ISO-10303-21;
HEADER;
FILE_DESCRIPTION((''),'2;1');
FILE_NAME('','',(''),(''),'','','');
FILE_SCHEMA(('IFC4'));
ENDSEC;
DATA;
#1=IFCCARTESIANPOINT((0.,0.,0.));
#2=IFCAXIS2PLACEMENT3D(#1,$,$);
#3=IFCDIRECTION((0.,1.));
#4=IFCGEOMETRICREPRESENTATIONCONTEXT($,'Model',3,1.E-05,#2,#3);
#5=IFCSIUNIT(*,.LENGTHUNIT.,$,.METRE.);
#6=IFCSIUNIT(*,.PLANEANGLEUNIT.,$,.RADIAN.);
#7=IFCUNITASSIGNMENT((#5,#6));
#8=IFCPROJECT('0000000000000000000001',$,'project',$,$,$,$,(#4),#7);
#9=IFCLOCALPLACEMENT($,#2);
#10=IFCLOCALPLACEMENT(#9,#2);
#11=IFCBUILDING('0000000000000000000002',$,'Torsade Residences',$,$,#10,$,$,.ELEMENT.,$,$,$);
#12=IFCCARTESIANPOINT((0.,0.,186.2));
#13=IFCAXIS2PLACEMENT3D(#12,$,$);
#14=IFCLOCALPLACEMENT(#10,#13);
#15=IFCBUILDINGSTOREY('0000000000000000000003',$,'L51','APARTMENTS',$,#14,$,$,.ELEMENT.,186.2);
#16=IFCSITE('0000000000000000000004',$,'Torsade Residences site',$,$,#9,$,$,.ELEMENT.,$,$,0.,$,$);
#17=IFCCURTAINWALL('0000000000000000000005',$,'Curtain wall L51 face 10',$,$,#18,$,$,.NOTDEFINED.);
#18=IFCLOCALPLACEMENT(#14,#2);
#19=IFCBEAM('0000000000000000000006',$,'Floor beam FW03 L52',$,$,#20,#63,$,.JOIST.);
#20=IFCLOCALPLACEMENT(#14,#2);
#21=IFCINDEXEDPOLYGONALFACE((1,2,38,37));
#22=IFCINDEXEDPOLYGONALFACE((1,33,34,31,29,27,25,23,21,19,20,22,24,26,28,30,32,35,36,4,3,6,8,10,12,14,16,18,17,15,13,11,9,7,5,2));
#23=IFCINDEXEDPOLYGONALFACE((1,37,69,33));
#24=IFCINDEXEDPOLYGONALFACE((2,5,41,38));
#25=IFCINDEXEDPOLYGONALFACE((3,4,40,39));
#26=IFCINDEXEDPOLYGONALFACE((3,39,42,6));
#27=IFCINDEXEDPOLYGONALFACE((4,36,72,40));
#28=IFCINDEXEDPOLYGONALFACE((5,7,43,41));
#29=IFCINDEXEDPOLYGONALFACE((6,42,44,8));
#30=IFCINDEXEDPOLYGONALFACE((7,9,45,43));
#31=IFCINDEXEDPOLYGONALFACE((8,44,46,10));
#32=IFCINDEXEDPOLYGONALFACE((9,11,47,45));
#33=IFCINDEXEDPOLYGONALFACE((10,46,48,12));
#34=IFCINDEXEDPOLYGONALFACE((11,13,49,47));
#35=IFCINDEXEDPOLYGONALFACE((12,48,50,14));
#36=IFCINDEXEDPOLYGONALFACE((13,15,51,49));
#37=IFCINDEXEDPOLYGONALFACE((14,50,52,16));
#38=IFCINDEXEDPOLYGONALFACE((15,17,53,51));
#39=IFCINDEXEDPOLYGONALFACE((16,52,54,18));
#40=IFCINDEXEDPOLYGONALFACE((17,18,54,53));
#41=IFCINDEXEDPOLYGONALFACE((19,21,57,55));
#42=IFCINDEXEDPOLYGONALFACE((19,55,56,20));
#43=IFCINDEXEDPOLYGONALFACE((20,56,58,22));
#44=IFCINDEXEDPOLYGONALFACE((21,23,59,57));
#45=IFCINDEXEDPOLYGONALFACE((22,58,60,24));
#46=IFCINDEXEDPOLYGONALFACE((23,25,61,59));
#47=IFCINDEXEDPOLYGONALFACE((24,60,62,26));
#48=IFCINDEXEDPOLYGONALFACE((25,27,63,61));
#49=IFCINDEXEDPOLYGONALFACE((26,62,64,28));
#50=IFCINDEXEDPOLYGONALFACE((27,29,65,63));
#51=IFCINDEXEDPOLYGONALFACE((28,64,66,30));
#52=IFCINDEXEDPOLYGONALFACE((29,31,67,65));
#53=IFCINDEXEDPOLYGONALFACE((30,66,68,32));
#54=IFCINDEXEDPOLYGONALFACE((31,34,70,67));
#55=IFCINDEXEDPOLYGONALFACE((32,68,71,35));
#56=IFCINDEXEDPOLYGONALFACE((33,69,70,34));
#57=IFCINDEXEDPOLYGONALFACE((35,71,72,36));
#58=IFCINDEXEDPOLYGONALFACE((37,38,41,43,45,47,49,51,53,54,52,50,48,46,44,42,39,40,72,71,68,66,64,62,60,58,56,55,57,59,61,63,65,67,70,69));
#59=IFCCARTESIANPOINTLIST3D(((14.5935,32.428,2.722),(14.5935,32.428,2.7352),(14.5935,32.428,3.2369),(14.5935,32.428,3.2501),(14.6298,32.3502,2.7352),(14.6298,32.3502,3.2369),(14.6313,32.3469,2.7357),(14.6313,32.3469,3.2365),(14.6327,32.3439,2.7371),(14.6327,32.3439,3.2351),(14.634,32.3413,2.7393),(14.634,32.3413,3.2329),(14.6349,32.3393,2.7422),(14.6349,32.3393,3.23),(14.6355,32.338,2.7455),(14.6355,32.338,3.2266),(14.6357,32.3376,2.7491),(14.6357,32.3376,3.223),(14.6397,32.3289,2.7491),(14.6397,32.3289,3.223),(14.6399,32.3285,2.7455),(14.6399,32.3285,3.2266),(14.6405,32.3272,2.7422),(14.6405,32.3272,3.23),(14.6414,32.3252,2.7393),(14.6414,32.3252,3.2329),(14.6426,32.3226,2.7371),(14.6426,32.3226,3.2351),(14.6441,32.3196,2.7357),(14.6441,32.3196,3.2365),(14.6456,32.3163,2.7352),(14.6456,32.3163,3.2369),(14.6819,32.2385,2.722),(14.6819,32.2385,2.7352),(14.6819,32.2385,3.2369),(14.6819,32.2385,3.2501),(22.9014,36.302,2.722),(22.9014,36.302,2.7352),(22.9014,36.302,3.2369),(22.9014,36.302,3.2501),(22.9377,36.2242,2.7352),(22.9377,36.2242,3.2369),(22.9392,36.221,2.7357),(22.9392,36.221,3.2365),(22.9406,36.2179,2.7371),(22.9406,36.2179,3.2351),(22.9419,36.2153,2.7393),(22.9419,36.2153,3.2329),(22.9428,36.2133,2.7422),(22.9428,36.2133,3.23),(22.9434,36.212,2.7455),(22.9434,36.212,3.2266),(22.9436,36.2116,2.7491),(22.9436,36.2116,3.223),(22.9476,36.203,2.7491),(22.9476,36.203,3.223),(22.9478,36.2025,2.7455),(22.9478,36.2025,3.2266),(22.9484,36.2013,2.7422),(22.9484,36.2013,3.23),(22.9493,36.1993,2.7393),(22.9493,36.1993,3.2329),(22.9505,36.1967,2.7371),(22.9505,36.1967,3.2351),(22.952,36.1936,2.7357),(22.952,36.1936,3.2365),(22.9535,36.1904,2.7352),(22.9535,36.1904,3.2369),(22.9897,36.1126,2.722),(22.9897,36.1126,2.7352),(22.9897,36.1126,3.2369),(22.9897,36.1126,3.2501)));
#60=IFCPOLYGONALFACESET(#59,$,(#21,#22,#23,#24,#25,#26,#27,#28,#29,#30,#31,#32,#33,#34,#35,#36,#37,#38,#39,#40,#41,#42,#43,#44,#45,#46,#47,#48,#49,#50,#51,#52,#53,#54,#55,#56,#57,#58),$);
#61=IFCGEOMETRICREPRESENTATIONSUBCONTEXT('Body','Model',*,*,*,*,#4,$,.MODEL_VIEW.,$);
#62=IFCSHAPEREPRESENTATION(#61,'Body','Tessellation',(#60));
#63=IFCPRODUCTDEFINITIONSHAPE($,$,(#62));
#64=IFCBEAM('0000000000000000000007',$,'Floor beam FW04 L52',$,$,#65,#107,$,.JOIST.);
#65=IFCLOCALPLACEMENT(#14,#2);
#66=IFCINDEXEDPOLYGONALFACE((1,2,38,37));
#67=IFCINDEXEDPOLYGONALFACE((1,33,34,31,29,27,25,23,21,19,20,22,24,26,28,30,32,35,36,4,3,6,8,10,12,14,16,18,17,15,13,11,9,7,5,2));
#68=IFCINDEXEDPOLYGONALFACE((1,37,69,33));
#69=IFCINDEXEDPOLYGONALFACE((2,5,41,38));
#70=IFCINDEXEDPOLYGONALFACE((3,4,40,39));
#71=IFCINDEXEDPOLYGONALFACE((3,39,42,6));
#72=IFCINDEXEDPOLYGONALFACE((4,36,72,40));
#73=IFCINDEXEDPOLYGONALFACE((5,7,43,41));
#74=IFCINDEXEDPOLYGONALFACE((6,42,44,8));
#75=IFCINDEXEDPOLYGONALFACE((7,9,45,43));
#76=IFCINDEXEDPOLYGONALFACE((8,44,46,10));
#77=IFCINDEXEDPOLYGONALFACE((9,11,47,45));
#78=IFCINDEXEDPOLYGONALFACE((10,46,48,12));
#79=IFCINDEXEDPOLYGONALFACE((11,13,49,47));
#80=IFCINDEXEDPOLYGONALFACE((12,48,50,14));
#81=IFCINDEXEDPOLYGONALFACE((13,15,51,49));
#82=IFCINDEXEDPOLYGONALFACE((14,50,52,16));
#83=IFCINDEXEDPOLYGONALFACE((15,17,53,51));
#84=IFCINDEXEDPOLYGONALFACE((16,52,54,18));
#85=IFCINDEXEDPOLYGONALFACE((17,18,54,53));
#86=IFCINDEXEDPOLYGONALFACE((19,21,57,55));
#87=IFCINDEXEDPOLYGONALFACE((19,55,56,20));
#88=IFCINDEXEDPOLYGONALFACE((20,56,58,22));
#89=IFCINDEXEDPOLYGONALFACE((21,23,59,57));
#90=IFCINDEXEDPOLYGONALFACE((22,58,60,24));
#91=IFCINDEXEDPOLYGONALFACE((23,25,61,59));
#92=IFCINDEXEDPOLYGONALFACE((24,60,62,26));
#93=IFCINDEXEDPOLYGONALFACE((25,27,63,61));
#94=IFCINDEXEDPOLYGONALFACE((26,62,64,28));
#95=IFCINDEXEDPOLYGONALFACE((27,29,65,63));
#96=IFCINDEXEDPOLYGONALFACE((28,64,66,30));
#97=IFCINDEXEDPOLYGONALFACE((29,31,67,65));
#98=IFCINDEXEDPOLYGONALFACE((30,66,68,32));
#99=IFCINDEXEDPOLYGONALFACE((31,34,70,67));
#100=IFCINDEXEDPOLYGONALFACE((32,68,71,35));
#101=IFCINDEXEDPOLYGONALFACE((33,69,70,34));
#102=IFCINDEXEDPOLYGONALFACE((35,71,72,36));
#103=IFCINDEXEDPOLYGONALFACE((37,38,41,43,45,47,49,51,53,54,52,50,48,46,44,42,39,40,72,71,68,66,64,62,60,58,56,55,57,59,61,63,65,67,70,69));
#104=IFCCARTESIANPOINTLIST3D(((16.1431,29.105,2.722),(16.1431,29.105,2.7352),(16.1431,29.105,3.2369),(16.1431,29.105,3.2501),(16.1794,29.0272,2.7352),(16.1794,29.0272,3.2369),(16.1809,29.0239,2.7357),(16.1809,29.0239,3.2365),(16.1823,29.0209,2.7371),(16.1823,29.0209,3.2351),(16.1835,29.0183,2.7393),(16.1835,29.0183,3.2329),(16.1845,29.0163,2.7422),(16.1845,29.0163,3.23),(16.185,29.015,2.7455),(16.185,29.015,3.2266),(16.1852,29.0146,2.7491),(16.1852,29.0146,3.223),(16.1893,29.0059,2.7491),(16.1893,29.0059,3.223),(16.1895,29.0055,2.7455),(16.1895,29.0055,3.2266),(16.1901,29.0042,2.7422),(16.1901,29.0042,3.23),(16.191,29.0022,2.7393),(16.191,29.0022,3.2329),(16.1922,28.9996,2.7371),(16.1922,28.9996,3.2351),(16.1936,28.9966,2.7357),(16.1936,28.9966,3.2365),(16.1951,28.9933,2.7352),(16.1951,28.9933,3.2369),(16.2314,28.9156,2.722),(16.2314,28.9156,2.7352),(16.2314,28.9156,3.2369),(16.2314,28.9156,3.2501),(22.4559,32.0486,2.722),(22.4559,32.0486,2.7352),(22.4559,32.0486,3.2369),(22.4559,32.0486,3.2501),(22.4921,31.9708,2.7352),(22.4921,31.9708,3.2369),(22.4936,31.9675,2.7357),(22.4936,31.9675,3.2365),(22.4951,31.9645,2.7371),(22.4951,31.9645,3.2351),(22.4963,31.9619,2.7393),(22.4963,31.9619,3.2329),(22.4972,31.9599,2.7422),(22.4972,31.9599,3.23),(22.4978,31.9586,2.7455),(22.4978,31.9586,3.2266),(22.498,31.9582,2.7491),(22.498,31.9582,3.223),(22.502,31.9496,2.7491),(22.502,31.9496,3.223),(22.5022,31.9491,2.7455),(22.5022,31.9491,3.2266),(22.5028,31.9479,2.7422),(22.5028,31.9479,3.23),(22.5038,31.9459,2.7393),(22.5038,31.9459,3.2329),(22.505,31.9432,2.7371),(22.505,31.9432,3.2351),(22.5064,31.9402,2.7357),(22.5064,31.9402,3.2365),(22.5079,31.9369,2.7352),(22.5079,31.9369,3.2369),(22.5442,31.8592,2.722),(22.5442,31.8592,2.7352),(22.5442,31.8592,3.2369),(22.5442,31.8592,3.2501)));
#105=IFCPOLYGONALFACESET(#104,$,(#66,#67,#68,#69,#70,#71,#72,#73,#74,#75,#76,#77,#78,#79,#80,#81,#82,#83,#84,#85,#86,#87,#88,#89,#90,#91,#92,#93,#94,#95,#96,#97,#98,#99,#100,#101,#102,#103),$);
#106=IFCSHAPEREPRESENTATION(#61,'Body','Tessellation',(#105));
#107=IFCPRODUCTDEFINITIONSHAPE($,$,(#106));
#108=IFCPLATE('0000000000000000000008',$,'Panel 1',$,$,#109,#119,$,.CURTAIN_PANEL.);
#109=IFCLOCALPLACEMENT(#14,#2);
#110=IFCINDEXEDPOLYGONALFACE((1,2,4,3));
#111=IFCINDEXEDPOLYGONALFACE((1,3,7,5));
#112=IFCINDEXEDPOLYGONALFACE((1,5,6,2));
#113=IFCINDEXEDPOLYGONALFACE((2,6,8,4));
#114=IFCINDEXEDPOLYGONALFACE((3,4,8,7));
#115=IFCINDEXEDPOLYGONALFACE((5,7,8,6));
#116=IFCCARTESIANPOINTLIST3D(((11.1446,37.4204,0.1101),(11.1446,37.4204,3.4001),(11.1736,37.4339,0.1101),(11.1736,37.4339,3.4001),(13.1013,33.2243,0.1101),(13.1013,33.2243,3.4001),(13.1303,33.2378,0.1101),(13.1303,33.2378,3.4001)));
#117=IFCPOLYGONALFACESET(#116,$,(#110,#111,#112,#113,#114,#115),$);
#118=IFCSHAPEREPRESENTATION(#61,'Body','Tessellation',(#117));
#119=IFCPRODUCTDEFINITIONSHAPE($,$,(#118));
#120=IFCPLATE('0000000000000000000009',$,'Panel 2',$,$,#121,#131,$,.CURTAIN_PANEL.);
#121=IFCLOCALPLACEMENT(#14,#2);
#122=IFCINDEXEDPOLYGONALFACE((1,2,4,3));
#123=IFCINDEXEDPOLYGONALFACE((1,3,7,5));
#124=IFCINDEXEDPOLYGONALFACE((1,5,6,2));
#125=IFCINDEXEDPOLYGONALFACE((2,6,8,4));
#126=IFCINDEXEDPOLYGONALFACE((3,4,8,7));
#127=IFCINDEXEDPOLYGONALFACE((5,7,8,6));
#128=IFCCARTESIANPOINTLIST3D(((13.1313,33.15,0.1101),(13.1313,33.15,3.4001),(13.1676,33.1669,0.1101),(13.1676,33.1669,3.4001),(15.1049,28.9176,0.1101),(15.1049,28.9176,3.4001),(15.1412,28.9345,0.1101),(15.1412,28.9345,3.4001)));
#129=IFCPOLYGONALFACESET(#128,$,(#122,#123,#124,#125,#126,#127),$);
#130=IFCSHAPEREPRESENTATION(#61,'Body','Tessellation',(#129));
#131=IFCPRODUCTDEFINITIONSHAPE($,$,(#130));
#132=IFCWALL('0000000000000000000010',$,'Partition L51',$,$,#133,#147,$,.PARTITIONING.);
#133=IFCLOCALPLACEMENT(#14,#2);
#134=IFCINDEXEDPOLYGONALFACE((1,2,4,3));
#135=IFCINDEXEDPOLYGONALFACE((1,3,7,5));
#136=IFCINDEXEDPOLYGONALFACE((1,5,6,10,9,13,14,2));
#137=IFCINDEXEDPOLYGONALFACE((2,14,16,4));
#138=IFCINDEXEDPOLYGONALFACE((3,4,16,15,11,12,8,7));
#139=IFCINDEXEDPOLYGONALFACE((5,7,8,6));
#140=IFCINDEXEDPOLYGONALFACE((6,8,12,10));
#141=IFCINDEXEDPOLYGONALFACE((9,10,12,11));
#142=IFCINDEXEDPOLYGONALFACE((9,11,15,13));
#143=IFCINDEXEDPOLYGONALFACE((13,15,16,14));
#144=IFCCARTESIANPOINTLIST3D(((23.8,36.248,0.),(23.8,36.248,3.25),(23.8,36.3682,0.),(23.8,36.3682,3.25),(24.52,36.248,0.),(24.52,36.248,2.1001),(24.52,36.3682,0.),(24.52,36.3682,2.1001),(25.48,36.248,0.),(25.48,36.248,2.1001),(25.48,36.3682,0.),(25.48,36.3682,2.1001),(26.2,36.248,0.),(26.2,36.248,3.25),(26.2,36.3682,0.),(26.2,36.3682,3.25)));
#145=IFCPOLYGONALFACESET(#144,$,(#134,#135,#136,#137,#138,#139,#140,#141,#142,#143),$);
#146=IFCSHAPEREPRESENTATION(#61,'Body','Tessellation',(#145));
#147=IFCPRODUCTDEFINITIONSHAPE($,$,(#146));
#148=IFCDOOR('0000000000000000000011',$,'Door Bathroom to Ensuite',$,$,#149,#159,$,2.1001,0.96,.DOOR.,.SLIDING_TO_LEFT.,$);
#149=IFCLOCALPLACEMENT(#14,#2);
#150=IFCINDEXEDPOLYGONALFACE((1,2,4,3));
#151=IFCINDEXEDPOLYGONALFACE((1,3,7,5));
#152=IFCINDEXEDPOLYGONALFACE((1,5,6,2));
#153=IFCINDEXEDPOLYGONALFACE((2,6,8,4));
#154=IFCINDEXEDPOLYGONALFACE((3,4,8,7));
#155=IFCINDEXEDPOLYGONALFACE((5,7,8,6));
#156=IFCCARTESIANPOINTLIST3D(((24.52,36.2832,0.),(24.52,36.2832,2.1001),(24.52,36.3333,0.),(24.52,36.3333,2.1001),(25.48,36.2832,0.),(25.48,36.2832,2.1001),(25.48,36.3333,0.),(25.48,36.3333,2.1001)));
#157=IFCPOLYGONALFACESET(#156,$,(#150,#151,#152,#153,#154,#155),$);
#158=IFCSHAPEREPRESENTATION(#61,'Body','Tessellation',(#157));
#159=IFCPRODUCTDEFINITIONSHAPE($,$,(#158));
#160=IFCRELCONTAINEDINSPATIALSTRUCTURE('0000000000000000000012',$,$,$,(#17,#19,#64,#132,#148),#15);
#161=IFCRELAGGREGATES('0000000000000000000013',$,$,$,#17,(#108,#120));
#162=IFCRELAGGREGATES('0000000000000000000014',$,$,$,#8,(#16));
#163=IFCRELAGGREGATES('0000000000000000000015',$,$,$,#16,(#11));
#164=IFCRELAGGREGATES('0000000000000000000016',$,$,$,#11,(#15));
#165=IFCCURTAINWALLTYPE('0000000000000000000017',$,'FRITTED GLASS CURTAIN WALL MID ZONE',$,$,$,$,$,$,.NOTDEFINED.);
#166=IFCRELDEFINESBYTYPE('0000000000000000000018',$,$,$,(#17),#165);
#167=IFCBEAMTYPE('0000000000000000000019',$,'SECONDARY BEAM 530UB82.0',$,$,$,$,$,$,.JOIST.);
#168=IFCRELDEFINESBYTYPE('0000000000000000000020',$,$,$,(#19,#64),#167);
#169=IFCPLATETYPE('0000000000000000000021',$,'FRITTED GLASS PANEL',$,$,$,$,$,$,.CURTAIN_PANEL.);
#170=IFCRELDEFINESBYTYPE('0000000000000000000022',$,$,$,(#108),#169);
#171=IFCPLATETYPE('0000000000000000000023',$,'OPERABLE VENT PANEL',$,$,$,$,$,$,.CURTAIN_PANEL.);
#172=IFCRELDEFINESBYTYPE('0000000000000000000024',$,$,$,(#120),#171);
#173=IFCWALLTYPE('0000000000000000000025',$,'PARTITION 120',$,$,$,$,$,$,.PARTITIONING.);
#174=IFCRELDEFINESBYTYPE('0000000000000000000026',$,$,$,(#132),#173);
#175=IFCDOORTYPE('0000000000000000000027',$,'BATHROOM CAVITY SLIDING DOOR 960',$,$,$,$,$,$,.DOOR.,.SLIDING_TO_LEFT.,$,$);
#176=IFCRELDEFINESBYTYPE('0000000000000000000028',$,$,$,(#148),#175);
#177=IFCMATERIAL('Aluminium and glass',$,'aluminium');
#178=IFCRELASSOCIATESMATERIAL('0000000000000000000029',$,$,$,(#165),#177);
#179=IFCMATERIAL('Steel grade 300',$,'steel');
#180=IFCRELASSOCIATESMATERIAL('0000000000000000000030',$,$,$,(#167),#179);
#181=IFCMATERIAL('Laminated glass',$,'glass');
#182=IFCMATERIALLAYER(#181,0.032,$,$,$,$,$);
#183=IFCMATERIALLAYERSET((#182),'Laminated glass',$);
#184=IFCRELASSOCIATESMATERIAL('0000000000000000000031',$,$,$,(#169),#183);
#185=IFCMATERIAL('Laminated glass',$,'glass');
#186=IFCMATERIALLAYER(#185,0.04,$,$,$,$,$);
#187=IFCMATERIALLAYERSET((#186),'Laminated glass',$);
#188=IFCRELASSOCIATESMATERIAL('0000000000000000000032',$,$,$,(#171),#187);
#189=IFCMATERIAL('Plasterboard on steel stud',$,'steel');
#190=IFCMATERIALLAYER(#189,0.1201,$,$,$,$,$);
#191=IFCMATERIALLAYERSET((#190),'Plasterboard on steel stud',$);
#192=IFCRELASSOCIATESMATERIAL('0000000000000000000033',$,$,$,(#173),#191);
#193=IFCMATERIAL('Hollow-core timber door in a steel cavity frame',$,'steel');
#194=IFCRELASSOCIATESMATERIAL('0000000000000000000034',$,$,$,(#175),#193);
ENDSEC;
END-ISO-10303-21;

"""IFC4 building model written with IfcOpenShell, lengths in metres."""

from ifc_helpers import new_model, si_unit, direction, frame, frame_2d, origin, origin_2d, place, context, subcontext, project, spatial, rectangle, i_section, extrude, material, layer, layer_set, material_profile, profile_set, type_object, element, fill, aggregate, save


model = new_model("IFC4")

# Units and contexts
model_context = context("Model", 3, precision=1e-05, world=origin(), true_north=direction((0.0, 1.0)))
body_context = subcontext(model_context, "Body", "Model", "MODEL_VIEW")
ifc_project = project(units=[si_unit("LENGTHUNIT", "METRE"), si_unit("PLANEANGLEUNIT", "RADIAN")], contexts=[model_context])

# Site, building, storey
site_placement = place(None, origin())
site = spatial("IfcSite", under=ifc_project, at=site_placement, Name="Torsade Residences site", CompositionType="ELEMENT", RefElevation=0.0)
building_placement = place(site_placement, origin())
building = spatial("IfcBuilding", under=site, at=building_placement, Name="Torsade Residences", CompositionType="ELEMENT")
storey_placement = place(building_placement, frame((0.0, 0.0, 186.2)))
storey = spatial("IfcBuildingStorey", under=building, at=storey_placement, Name="L51", Description="APARTMENTS", CompositionType="ELEMENT", Elevation=186.2)

# Curtain wall
ifc_material_1 = material(Name="Aluminium and glass", Category="aluminium")
curtain_wall_type = type_object("IfcCurtainWallType", Name="FRITTED GLASS CURTAIN WALL MID ZONE", PredefinedType="NOTDEFINED", material=ifc_material_1)
curtain_wall_placement = place(storey_placement, origin())
curtain_wall = element("IfcCurtainWall", 1, at=curtain_wall_placement, inside=storey, type_object=curtain_wall_type, Name="Curtain wall L51 face 10", PredefinedType="NOTDEFINED")

# Beams
ifc_material_2 = material(Name="Steel grade 300", Category="steel")
ifc_material_profile_1 = material_profile(ifc_material_2, i_section(OverallWidth=0.209, OverallDepth=0.5281, WebThickness=0.0095, FlangeThickness=0.0132, FilletRadius=0.0139, at=origin_2d()), Name="530UB82.0")
ifc_profile_set_1 = profile_set([ifc_material_profile_1], Name="Steel grade 300")
beam_type_1 = type_object("IfcBeamType", Name="SECONDARY BEAM 530UB82.0", PredefinedType="JOIST", material=ifc_profile_set_1)
beam_1_placement = place(storey_placement, frame((14.6377, 32.3333, 2.9861), z_axis=(0.906308, 0.422619, 0.0), x_axis=(-0.422619, 0.906308, 0.0)))
element("IfcBeam", 2, at=beam_1_placement, inside=storey, type_object=beam_type_1, Name="Floor beam FW03 L52", PredefinedType="JOIST", context=body_context, shape_type="SweptSolid", body=[
    extrude(i_section(OverallWidth=0.209, OverallDepth=0.5281, WebThickness=0.0095, FlangeThickness=0.0132, FilletRadius=0.0139, at=origin_2d()), origin(), (0.0, 0.0, 1.0), 9.1667),
])
beam_2_placement = place(storey_placement, frame((16.1873, 29.0103, 2.9861), z_axis=(0.906312, 0.422609, 0.0), x_axis=(-0.422609, 0.906312, 0.0)))
element("IfcBeam", 3, at=beam_2_placement, inside=storey, type_object=beam_type_1, Name="Floor beam FW04 L52", PredefinedType="JOIST", context=body_context, shape_type="SweptSolid", body=[
    extrude(i_section(OverallWidth=0.209, OverallDepth=0.5281, WebThickness=0.0095, FlangeThickness=0.0132, FilletRadius=0.0139, at=origin_2d()), origin(), (0.0, 0.0, 1.0), 6.9653),
])

# Plates
ifc_material_3 = material(Name="Laminated glass", Category="glass")
ifc_layer_1 = layer(ifc_material_3, 0.032)
ifc_layer_set_1 = layer_set([ifc_layer_1], Name="Laminated glass")
plate_type_1 = type_object("IfcPlateType", Name="FRITTED GLASS PANEL", PredefinedType="CURTAIN_PANEL", material=ifc_layer_set_1)
plate_1_placement = place(storey_placement, frame((12.1375, 35.3291, 0.1101), z_axis=(0.0, 0.0, 1.0), x_axis=(0.422618, -0.906308, 0.0)))
plate_1 = element("IfcPlate", 4, at=plate_1_placement, type_object=plate_type_1, Name="Panel 1", PredefinedType="CURTAIN_PANEL", context=body_context, shape_type="SweptSolid", body=[
    extrude(rectangle(XDim=4.6299, YDim=0.032, at=origin_2d()), origin(), (0.0, 0.0, 1.0), 3.29),
])
ifc_material_4 = material(Name="Laminated glass", Category="glass")
ifc_layer_2 = layer(ifc_material_4, 0.04)
ifc_layer_set_2 = layer_set([ifc_layer_2], Name="Laminated glass")
plate_type_2 = type_object("IfcPlateType", Name="OPERABLE VENT PANEL", PredefinedType="CURTAIN_PANEL", material=ifc_layer_set_2)
plate_2_placement = place(storey_placement, frame((14.1362, 31.0422, 0.1101), z_axis=(0.0, 0.0, 1.0), x_axis=(0.422618, -0.906308, 0.0)))
plate_2 = element("IfcPlate", 5, at=plate_2_placement, type_object=plate_type_2, Name="Panel 2", PredefinedType="CURTAIN_PANEL", context=body_context, shape_type="SweptSolid", body=[
    extrude(rectangle(XDim=4.6699, YDim=0.04, at=origin_2d()), origin(), (0.0, 0.0, 1.0), 3.29),
])
aggregate(curtain_wall, [plate_1, plate_2])

# Wall, opening, door
ifc_material_5 = material(Name="Plasterboard on steel stud", Category="steel")
ifc_layer_3 = layer(ifc_material_5, 0.1201)
ifc_layer_set_3 = layer_set([ifc_layer_3], Name="Plasterboard on steel stud")
wall_type_1 = type_object("IfcWallType", Name="PARTITION 120", PredefinedType="PARTITIONING", material=ifc_layer_set_3)
wall_1_placement = place(storey_placement, frame((26.2, 36.3081, 0.0), z_axis=(0.0, 0.0, 1.0), x_axis=(-1.0, 0.0, 0.0)))
wall_1 = element("IfcWall", 6, at=wall_1_placement, inside=storey, type_object=wall_type_1, Name="Partition L51", PredefinedType="PARTITIONING", context=body_context, shape_type="SweptSolid", body=[
    extrude(rectangle(XDim=2.3999, YDim=0.1201, at=frame_2d((1.2, 0.0))), origin(), (0.0, 0.0, 1.0), 3.25),
])
opening_1_placement = place(wall_1_placement, frame((0.72, 0.0, 0.0)))
opening_1 = element("IfcOpeningElement", 7, at=opening_1_placement, cuts=wall_1, PredefinedType="OPENING", context=body_context, shape_type="SweptSolid", body=[
    extrude(rectangle(XDim=0.96, YDim=2.1001, at=frame_2d((0.48, 1.05))), frame((0.0, 0.0701, 0.0), z_axis=(0.0, -1.0, 0.0), x_axis=(1.0, 0.0, 0.0)), (0.0, 0.0, 1.0), 0.1401),
])
ifc_material_6 = material(Name="Hollow-core timber door in a steel cavity frame", Category="steel")
door_type_1 = type_object("IfcDoorType", Name="BATHROOM CAVITY SLIDING DOOR 960", OperationType="SLIDING_TO_LEFT", PredefinedType="DOOR", material=ifc_material_6)
door_1_placement = place(opening_1_placement, origin())
door_1 = element("IfcDoor", 8, at=door_1_placement, inside=storey, type_object=door_type_1, Name="Door Bathroom to Ensuite", OperationType="SLIDING_TO_LEFT", OverallHeight=2.1001, OverallWidth=0.96, PredefinedType="DOOR", context=body_context, shape_type="SweptSolid", body=[
    extrude(rectangle(XDim=0.96, YDim=2.1001, at=frame_2d((0.48, 1.05))), frame((0.0, 0.0249, 0.0), z_axis=(0.0, -1.0, 0.0), x_axis=(1.0, 0.0, 0.0)), (0.0, 0.0, 1.0), 0.05),
])
fill(opening_1, door_1)

save(model, "model.ifc")
